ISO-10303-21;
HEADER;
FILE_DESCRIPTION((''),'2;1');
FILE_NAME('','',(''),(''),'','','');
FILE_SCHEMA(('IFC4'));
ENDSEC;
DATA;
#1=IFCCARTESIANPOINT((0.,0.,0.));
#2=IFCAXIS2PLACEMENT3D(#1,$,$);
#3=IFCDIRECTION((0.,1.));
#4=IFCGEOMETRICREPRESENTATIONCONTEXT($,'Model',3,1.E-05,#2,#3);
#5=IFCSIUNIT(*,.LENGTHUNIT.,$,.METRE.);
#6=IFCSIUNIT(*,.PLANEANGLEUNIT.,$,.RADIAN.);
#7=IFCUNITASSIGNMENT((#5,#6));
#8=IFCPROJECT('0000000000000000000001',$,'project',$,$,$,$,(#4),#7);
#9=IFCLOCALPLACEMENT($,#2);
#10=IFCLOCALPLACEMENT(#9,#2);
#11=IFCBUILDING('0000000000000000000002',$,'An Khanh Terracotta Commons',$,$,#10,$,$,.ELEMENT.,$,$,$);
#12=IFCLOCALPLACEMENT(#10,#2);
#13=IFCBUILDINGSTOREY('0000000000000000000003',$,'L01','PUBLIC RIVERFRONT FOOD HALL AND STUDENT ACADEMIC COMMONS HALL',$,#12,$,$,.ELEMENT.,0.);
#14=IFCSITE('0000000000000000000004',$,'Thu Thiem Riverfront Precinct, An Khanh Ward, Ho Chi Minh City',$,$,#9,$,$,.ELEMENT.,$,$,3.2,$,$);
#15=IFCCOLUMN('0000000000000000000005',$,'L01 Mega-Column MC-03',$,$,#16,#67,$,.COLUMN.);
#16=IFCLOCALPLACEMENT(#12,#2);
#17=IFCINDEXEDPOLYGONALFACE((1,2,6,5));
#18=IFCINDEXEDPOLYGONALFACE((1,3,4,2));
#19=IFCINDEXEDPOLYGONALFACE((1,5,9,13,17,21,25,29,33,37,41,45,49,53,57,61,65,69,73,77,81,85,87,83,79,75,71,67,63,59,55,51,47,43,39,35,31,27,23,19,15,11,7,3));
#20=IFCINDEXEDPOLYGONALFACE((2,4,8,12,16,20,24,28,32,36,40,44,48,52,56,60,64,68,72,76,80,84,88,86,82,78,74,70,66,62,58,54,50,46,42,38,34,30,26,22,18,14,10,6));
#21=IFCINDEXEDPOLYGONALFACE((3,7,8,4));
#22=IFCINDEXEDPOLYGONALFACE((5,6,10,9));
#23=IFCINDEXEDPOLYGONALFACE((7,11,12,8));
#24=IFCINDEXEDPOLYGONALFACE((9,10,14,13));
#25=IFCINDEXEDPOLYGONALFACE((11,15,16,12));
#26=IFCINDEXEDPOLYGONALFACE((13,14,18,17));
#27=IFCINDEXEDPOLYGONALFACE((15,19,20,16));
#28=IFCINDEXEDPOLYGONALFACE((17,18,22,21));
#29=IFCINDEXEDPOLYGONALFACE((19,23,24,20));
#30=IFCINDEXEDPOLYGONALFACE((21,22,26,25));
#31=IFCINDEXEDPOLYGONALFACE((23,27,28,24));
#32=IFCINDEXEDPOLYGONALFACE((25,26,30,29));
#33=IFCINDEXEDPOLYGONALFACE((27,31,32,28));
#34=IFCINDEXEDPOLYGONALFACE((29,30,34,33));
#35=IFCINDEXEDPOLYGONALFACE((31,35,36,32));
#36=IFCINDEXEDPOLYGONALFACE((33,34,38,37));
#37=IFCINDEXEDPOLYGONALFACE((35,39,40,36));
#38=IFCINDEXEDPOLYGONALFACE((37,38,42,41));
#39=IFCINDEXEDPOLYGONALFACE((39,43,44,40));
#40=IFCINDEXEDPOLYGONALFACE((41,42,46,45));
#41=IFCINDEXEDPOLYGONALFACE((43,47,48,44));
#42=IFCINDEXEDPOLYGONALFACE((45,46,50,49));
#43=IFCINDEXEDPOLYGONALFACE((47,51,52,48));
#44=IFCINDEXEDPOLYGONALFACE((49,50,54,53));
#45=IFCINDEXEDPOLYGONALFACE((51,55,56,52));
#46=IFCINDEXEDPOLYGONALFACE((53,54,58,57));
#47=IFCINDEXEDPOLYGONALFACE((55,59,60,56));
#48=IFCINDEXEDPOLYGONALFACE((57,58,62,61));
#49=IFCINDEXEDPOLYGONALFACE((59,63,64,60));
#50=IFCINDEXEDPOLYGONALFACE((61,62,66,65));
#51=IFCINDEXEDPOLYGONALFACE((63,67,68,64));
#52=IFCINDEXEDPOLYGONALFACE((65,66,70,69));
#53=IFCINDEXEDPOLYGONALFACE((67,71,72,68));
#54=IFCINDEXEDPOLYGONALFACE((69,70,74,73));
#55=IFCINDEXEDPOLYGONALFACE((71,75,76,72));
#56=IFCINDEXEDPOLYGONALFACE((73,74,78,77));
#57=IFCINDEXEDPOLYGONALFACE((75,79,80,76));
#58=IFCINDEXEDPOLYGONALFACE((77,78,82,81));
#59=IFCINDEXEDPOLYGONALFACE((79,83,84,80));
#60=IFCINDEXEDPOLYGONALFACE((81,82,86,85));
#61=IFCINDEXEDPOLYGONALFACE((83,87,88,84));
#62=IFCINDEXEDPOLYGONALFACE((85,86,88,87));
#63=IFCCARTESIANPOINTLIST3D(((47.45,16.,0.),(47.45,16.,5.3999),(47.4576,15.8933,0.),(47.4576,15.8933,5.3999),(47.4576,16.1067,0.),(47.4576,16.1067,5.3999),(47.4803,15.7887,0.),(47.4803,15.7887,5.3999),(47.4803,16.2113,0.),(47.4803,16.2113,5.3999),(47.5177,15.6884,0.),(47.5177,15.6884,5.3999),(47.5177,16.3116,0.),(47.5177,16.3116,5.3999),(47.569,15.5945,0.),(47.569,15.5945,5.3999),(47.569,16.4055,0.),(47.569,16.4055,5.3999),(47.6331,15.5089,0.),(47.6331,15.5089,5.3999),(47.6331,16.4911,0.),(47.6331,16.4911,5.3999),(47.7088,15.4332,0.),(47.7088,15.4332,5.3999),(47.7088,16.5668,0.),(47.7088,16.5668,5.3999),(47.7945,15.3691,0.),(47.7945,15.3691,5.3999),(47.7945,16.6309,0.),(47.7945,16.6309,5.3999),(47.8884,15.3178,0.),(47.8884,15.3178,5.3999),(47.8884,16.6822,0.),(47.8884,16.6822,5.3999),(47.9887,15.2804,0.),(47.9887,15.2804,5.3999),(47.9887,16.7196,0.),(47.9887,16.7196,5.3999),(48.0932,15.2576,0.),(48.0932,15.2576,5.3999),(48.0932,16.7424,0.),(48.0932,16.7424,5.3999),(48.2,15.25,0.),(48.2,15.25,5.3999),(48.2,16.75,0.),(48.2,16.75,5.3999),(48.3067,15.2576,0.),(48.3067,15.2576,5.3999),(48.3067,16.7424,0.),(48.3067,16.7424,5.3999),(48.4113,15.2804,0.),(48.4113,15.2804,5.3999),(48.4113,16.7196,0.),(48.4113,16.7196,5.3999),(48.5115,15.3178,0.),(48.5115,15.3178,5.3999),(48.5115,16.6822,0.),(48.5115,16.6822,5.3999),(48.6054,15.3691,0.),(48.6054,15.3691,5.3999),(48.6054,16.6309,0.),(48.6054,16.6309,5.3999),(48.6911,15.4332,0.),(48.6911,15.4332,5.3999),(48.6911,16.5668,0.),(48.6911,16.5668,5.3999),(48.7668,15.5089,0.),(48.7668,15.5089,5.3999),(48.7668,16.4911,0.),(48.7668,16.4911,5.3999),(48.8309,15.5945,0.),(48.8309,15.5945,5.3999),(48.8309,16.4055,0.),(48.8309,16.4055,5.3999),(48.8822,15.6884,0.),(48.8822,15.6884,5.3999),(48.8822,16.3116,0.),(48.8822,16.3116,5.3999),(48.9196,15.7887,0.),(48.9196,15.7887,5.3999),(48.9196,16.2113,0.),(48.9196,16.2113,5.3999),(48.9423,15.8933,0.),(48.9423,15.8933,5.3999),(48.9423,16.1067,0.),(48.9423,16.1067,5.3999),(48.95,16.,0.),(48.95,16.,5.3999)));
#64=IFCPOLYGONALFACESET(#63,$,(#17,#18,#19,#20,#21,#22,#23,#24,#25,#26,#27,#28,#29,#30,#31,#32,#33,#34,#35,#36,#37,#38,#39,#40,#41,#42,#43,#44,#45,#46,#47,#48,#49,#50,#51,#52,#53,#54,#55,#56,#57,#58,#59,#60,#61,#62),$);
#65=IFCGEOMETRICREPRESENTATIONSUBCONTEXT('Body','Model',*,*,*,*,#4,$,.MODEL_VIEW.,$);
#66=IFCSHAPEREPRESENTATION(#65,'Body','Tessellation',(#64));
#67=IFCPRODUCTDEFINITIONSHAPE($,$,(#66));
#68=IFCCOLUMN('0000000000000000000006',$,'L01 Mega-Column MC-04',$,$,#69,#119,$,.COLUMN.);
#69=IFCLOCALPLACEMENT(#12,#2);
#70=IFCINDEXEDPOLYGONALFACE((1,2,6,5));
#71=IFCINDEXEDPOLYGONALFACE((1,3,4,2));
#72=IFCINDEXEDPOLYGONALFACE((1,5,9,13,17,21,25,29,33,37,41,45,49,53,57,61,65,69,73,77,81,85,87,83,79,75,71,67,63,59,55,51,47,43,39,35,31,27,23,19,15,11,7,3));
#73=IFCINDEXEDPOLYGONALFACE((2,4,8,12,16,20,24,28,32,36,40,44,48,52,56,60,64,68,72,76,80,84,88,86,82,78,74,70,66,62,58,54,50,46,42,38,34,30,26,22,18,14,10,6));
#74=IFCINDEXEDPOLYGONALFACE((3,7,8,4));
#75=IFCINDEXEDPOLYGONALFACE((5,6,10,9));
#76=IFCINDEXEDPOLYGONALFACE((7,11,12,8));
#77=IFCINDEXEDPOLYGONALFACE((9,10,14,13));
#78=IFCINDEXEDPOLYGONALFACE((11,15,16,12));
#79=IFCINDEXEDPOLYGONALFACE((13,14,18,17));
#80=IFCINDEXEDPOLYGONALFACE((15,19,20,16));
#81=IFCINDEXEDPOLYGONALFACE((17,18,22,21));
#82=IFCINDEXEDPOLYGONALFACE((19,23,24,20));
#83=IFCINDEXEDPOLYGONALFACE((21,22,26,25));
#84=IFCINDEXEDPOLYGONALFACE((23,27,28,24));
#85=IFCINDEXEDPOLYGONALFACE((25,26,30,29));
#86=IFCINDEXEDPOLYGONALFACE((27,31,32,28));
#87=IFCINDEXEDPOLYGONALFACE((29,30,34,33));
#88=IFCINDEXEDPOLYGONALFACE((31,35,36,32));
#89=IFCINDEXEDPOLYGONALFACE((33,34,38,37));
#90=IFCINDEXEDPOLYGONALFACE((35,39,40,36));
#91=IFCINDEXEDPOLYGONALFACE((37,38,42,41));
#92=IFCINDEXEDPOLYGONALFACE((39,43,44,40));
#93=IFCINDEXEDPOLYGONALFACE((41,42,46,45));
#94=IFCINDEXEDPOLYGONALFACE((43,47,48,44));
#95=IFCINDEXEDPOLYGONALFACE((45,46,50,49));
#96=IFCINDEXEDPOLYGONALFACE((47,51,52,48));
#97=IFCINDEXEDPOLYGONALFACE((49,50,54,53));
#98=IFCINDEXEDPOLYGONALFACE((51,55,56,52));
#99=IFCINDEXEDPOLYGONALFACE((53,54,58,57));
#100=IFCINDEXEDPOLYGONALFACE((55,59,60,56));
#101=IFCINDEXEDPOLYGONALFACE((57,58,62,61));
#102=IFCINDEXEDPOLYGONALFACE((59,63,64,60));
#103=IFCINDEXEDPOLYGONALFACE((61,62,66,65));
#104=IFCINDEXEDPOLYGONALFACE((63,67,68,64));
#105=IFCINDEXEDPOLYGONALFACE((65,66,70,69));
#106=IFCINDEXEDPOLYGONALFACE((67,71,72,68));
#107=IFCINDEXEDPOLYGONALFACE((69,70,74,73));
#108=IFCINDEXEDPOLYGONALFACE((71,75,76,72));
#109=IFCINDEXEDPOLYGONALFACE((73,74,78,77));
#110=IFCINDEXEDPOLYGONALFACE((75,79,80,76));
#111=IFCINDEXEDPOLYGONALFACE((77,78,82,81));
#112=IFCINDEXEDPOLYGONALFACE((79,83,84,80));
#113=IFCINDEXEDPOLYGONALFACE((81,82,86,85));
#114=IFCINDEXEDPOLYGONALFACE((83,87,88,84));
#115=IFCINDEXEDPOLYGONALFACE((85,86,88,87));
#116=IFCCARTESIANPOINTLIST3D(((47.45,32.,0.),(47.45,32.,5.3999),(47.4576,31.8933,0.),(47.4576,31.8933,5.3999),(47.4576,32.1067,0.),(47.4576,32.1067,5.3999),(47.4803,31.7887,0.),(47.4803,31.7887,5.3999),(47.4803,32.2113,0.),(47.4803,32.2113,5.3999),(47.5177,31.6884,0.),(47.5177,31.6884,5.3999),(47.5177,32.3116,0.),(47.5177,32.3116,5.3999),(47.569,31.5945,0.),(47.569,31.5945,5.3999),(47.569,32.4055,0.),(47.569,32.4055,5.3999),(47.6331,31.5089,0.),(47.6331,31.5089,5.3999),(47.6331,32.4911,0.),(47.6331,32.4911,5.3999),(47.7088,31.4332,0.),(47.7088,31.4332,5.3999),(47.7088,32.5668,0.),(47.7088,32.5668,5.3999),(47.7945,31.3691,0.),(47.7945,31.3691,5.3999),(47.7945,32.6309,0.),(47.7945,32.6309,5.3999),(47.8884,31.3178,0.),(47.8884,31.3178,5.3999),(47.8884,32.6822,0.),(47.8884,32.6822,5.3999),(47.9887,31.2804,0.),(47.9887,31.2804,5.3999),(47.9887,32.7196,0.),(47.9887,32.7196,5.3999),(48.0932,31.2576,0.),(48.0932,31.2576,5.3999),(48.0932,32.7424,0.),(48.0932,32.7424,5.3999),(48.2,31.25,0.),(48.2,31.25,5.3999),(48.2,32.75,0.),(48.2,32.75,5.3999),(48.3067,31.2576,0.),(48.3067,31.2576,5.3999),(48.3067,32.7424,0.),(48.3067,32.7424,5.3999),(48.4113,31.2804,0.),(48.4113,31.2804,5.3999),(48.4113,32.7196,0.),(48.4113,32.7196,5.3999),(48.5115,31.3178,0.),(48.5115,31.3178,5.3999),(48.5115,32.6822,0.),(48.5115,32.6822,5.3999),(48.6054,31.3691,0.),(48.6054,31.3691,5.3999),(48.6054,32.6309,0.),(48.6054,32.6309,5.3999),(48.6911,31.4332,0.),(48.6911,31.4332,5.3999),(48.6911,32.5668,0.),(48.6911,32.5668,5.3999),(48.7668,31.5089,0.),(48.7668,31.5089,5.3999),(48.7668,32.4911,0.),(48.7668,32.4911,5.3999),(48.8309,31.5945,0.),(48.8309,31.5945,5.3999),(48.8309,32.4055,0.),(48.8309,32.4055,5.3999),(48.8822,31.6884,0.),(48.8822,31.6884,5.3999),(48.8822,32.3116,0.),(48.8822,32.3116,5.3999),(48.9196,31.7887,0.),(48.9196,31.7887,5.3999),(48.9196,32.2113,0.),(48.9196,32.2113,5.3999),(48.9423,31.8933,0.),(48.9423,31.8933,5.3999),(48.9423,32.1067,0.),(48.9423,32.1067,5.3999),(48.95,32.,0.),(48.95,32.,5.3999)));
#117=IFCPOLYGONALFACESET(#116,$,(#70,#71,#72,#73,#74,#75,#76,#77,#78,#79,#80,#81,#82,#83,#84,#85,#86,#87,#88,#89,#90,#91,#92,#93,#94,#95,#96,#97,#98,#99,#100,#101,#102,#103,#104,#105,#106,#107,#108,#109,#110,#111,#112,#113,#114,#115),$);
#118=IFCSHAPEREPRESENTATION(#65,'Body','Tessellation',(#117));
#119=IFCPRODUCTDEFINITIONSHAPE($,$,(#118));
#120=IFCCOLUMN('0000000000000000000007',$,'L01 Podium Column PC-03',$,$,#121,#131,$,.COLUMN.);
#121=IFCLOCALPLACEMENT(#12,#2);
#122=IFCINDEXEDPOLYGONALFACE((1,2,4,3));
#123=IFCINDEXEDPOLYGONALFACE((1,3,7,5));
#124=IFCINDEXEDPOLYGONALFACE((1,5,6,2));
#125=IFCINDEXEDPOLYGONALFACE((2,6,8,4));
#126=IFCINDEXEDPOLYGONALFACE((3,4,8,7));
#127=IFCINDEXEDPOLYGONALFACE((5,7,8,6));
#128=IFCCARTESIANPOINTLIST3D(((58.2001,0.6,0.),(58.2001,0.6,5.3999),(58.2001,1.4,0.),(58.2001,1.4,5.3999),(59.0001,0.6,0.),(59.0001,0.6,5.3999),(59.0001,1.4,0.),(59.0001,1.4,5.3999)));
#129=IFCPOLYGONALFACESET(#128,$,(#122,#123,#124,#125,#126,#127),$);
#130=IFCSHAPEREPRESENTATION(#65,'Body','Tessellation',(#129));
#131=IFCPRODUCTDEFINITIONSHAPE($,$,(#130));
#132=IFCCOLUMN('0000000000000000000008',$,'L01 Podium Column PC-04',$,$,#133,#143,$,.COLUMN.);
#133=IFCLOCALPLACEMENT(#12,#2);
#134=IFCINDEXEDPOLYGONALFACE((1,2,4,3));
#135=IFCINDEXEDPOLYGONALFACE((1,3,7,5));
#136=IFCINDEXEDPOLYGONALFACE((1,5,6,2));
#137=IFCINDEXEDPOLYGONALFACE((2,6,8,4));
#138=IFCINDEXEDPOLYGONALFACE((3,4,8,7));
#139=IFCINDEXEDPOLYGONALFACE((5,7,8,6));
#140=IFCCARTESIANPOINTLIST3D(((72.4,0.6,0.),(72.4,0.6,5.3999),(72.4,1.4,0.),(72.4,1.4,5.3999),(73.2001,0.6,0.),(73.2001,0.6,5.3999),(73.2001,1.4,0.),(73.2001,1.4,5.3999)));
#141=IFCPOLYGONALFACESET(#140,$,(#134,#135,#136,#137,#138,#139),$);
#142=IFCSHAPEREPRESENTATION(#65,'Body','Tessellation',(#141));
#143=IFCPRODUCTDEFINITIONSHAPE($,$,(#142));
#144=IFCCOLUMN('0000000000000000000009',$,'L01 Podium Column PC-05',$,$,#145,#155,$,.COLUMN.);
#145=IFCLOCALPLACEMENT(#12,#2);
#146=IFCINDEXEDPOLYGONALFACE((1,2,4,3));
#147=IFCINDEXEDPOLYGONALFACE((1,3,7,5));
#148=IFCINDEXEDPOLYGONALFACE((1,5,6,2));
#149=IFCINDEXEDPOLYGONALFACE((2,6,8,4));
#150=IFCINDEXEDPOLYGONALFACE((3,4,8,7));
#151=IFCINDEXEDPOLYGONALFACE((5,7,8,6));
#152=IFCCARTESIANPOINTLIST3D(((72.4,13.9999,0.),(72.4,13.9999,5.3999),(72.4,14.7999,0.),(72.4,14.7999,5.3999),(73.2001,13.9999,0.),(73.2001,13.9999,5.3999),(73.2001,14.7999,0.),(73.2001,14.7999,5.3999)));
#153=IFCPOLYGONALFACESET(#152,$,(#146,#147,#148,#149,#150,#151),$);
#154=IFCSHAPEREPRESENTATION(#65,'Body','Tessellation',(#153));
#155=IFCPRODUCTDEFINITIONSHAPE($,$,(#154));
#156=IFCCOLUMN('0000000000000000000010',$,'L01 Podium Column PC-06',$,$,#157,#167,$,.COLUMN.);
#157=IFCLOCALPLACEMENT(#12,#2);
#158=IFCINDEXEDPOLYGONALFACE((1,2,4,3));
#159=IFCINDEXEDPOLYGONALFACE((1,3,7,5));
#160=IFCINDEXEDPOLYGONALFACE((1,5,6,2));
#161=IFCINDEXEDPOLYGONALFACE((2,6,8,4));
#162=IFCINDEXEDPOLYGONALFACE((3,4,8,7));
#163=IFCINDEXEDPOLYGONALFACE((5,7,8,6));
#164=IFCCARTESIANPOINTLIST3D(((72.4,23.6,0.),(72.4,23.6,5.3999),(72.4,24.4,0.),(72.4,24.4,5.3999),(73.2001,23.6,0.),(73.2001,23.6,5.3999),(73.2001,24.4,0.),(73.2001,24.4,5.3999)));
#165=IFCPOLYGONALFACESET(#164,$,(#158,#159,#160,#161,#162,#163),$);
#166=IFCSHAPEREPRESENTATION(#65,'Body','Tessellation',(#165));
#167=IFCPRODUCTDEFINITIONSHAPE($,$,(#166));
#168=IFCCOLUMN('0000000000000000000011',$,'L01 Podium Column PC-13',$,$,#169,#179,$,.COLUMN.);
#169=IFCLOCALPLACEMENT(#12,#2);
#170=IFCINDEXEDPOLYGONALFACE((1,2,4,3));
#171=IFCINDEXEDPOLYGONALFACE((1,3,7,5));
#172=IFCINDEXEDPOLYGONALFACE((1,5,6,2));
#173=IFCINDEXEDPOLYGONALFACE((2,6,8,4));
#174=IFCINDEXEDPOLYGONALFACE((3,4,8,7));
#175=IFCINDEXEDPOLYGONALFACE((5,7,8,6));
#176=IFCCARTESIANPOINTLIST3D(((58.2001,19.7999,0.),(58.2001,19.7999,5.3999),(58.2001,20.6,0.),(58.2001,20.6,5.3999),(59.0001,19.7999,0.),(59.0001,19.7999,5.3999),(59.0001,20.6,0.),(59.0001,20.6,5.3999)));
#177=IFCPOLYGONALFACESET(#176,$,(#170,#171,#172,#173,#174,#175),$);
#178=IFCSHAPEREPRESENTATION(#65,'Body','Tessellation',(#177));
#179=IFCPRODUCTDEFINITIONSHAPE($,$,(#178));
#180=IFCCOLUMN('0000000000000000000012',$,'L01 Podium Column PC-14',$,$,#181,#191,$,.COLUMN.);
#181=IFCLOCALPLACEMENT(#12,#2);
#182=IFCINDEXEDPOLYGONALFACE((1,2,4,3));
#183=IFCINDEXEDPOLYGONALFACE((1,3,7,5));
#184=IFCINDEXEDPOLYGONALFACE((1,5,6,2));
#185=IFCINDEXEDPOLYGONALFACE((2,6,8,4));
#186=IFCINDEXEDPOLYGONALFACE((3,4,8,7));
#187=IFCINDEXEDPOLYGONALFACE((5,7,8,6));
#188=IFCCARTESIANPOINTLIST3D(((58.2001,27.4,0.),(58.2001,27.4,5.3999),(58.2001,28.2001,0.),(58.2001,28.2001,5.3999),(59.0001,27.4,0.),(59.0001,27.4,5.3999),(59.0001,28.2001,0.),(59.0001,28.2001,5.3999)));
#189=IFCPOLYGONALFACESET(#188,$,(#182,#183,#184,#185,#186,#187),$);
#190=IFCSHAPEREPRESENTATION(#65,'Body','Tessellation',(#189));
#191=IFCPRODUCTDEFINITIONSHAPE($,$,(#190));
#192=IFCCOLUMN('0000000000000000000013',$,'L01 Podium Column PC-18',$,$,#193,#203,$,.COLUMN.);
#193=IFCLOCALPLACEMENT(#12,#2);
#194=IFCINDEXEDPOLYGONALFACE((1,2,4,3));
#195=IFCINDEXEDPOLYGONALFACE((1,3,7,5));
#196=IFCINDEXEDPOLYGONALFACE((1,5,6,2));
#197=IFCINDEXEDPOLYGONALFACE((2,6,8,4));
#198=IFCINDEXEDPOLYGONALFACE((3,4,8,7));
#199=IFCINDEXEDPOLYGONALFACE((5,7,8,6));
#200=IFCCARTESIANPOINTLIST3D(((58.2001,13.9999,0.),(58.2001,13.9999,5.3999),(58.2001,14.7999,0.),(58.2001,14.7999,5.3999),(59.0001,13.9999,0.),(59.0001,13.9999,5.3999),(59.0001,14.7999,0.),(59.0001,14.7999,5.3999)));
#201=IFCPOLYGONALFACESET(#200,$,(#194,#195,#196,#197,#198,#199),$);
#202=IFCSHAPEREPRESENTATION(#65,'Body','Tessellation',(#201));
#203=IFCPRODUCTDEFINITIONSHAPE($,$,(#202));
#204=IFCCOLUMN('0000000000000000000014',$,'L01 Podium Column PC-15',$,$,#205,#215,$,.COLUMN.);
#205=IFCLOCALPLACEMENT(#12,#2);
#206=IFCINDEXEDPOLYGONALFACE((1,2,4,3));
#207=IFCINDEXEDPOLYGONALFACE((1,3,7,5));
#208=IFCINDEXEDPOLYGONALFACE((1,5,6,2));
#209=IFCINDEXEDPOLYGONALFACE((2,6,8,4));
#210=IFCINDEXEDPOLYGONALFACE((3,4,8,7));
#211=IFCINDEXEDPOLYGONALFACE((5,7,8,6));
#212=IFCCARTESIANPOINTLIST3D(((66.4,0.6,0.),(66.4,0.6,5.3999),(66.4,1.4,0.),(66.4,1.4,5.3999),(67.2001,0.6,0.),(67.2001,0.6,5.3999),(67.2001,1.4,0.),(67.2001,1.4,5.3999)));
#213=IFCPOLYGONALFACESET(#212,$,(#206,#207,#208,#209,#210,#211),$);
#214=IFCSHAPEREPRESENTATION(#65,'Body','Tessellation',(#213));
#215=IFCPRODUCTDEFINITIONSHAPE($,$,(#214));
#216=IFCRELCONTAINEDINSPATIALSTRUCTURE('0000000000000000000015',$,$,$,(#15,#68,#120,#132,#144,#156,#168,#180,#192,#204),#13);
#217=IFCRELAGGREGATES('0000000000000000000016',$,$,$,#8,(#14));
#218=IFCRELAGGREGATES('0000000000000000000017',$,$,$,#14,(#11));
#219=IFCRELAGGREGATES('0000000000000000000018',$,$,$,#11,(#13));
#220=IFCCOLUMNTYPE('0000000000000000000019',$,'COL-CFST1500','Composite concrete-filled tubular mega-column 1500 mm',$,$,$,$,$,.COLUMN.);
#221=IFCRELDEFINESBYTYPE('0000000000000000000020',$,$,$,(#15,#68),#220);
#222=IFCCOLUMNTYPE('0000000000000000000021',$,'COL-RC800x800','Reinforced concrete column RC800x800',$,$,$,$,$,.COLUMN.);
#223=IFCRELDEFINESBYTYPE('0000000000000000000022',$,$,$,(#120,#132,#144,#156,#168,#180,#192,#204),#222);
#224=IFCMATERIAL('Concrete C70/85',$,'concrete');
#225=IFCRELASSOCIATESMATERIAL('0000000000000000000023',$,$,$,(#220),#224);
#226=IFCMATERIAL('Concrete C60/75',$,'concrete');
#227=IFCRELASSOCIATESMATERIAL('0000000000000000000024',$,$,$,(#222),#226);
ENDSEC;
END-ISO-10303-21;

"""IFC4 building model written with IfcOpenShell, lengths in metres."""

from ifc_helpers import new_model, si_unit, direction, frame, origin, origin_2d, place, context, subcontext, project, spatial, rectangle, circle, extrude, material, material_profile, profile_set, type_object, element, save


model = new_model("IFC4")

# Units and contexts
model_context = context("Model", 3, precision=1e-05, world=origin(), true_north=direction((0.0, 1.0)))
body_context = subcontext(model_context, "Body", "Model", "MODEL_VIEW")
ifc_project = project(units=[si_unit("LENGTHUNIT", "METRE"), si_unit("PLANEANGLEUNIT", "RADIAN")], contexts=[model_context])

# Site, building, storey
site_placement = place(None, origin())
site = spatial("IfcSite", under=ifc_project, at=site_placement, Name="Thu Thiem Riverfront Precinct, An Khanh Ward, Ho Chi Minh City", CompositionType="ELEMENT", RefElevation=3.2)
building_placement = place(site_placement, origin())
building = spatial("IfcBuilding", under=site, at=building_placement, Name="An Khanh Terracotta Commons", CompositionType="ELEMENT")
storey_placement = place(building_placement, origin())
storey = spatial("IfcBuildingStorey", under=building, at=storey_placement, Name="L01", Description="PUBLIC RIVERFRONT FOOD HALL AND STUDENT ACADEMIC COMMONS HALL", CompositionType="ELEMENT", Elevation=0.0)

# Columns
ifc_material_1 = material(Name="Concrete C70/85", Category="concrete")
ifc_material_profile_1 = material_profile(ifc_material_1, circle(Radius=0.75, at=origin_2d()), Name="CFST1500")
ifc_profile_set_1 = profile_set([ifc_material_profile_1], Name="Concrete C70/85")
column_type_1 = type_object("IfcColumnType", Name="COL-CFST1500", Description="Composite concrete-filled tubular mega-column 1500 mm", PredefinedType="COLUMN", material=ifc_profile_set_1)
for number, where, z_axis, x_axis, name in (
    (1, (48.2, 16.0, 0.0), (0.0, 0.0, 1.0), (1.0, 0.0, 0.0), "L01 Mega-Column MC-03"),
    (2, (48.2, 32.0, 0.0), (0.0, 0.0, 1.0), (1.0, 0.0, 0.0), "L01 Mega-Column MC-04"),
):
    element("IfcColumn", number, at=place(storey_placement, frame(where, z_axis=z_axis, x_axis=x_axis)), inside=storey, type_object=column_type_1, Name=name, PredefinedType="COLUMN", context=body_context, shape_type="SweptSolid", body=[
        extrude(circle(Radius=0.75, at=origin_2d()), origin(), (0.0, 0.0, 1.0), 5.3999),
    ])
ifc_material_2 = material(Name="Concrete C60/75", Category="concrete")
ifc_material_profile_2 = material_profile(ifc_material_2, rectangle(XDim=0.8, YDim=0.8, at=origin_2d()), Name="RC800x800")
ifc_profile_set_2 = profile_set([ifc_material_profile_2], Name="Concrete C60/75")
column_type_2 = type_object("IfcColumnType", Name="COL-RC800x800", Description="Reinforced concrete column RC800x800", PredefinedType="COLUMN", material=ifc_profile_set_2)
for number, where, z_axis, x_axis, name in (
    (3, (58.6001, 1.0, 0.0), (0.0, 0.0, 1.0), (1.0, 0.0, 0.0), "L01 Podium Column PC-03"),
    (4, (72.8, 1.0, 0.0), (0.0, 0.0, 1.0), (1.0, 0.0, 0.0), "L01 Podium Column PC-04"),
    (5, (72.8, 14.3999, 0.0), (0.0, 0.0, 1.0), (1.0, 0.0, 0.0), "L01 Podium Column PC-05"),
    (6, (72.8, 24.0, 0.0), (0.0, 0.0, 1.0), (1.0, 0.0, 0.0), "L01 Podium Column PC-06"),
    (7, (58.6001, 20.2, 0.0), (0.0, 0.0, 1.0), (1.0, 0.0, 0.0), "L01 Podium Column PC-13"),
    (8, (58.6001, 27.8, 0.0), (0.0, 0.0, 1.0), (1.0, 0.0, 0.0), "L01 Podium Column PC-14"),
    (9, (58.6001, 14.3999, 0.0), (0.0, 0.0, 1.0), (1.0, 0.0, 0.0), "L01 Podium Column PC-18"),
    (10, (66.8, 1.0, 0.0), (0.0, 0.0, 1.0), (1.0, 0.0, 0.0), "L01 Podium Column PC-15"),
):
    element("IfcColumn", number, at=place(storey_placement, frame(where, z_axis=z_axis, x_axis=x_axis)), inside=storey, type_object=column_type_2, Name=name, PredefinedType="COLUMN", context=body_context, shape_type="SweptSolid", body=[
        extrude(rectangle(XDim=0.8, YDim=0.8, at=origin_2d()), origin(), (0.0, 0.0, 1.0), 5.3999),
    ])

save(model, "model.ifc")
